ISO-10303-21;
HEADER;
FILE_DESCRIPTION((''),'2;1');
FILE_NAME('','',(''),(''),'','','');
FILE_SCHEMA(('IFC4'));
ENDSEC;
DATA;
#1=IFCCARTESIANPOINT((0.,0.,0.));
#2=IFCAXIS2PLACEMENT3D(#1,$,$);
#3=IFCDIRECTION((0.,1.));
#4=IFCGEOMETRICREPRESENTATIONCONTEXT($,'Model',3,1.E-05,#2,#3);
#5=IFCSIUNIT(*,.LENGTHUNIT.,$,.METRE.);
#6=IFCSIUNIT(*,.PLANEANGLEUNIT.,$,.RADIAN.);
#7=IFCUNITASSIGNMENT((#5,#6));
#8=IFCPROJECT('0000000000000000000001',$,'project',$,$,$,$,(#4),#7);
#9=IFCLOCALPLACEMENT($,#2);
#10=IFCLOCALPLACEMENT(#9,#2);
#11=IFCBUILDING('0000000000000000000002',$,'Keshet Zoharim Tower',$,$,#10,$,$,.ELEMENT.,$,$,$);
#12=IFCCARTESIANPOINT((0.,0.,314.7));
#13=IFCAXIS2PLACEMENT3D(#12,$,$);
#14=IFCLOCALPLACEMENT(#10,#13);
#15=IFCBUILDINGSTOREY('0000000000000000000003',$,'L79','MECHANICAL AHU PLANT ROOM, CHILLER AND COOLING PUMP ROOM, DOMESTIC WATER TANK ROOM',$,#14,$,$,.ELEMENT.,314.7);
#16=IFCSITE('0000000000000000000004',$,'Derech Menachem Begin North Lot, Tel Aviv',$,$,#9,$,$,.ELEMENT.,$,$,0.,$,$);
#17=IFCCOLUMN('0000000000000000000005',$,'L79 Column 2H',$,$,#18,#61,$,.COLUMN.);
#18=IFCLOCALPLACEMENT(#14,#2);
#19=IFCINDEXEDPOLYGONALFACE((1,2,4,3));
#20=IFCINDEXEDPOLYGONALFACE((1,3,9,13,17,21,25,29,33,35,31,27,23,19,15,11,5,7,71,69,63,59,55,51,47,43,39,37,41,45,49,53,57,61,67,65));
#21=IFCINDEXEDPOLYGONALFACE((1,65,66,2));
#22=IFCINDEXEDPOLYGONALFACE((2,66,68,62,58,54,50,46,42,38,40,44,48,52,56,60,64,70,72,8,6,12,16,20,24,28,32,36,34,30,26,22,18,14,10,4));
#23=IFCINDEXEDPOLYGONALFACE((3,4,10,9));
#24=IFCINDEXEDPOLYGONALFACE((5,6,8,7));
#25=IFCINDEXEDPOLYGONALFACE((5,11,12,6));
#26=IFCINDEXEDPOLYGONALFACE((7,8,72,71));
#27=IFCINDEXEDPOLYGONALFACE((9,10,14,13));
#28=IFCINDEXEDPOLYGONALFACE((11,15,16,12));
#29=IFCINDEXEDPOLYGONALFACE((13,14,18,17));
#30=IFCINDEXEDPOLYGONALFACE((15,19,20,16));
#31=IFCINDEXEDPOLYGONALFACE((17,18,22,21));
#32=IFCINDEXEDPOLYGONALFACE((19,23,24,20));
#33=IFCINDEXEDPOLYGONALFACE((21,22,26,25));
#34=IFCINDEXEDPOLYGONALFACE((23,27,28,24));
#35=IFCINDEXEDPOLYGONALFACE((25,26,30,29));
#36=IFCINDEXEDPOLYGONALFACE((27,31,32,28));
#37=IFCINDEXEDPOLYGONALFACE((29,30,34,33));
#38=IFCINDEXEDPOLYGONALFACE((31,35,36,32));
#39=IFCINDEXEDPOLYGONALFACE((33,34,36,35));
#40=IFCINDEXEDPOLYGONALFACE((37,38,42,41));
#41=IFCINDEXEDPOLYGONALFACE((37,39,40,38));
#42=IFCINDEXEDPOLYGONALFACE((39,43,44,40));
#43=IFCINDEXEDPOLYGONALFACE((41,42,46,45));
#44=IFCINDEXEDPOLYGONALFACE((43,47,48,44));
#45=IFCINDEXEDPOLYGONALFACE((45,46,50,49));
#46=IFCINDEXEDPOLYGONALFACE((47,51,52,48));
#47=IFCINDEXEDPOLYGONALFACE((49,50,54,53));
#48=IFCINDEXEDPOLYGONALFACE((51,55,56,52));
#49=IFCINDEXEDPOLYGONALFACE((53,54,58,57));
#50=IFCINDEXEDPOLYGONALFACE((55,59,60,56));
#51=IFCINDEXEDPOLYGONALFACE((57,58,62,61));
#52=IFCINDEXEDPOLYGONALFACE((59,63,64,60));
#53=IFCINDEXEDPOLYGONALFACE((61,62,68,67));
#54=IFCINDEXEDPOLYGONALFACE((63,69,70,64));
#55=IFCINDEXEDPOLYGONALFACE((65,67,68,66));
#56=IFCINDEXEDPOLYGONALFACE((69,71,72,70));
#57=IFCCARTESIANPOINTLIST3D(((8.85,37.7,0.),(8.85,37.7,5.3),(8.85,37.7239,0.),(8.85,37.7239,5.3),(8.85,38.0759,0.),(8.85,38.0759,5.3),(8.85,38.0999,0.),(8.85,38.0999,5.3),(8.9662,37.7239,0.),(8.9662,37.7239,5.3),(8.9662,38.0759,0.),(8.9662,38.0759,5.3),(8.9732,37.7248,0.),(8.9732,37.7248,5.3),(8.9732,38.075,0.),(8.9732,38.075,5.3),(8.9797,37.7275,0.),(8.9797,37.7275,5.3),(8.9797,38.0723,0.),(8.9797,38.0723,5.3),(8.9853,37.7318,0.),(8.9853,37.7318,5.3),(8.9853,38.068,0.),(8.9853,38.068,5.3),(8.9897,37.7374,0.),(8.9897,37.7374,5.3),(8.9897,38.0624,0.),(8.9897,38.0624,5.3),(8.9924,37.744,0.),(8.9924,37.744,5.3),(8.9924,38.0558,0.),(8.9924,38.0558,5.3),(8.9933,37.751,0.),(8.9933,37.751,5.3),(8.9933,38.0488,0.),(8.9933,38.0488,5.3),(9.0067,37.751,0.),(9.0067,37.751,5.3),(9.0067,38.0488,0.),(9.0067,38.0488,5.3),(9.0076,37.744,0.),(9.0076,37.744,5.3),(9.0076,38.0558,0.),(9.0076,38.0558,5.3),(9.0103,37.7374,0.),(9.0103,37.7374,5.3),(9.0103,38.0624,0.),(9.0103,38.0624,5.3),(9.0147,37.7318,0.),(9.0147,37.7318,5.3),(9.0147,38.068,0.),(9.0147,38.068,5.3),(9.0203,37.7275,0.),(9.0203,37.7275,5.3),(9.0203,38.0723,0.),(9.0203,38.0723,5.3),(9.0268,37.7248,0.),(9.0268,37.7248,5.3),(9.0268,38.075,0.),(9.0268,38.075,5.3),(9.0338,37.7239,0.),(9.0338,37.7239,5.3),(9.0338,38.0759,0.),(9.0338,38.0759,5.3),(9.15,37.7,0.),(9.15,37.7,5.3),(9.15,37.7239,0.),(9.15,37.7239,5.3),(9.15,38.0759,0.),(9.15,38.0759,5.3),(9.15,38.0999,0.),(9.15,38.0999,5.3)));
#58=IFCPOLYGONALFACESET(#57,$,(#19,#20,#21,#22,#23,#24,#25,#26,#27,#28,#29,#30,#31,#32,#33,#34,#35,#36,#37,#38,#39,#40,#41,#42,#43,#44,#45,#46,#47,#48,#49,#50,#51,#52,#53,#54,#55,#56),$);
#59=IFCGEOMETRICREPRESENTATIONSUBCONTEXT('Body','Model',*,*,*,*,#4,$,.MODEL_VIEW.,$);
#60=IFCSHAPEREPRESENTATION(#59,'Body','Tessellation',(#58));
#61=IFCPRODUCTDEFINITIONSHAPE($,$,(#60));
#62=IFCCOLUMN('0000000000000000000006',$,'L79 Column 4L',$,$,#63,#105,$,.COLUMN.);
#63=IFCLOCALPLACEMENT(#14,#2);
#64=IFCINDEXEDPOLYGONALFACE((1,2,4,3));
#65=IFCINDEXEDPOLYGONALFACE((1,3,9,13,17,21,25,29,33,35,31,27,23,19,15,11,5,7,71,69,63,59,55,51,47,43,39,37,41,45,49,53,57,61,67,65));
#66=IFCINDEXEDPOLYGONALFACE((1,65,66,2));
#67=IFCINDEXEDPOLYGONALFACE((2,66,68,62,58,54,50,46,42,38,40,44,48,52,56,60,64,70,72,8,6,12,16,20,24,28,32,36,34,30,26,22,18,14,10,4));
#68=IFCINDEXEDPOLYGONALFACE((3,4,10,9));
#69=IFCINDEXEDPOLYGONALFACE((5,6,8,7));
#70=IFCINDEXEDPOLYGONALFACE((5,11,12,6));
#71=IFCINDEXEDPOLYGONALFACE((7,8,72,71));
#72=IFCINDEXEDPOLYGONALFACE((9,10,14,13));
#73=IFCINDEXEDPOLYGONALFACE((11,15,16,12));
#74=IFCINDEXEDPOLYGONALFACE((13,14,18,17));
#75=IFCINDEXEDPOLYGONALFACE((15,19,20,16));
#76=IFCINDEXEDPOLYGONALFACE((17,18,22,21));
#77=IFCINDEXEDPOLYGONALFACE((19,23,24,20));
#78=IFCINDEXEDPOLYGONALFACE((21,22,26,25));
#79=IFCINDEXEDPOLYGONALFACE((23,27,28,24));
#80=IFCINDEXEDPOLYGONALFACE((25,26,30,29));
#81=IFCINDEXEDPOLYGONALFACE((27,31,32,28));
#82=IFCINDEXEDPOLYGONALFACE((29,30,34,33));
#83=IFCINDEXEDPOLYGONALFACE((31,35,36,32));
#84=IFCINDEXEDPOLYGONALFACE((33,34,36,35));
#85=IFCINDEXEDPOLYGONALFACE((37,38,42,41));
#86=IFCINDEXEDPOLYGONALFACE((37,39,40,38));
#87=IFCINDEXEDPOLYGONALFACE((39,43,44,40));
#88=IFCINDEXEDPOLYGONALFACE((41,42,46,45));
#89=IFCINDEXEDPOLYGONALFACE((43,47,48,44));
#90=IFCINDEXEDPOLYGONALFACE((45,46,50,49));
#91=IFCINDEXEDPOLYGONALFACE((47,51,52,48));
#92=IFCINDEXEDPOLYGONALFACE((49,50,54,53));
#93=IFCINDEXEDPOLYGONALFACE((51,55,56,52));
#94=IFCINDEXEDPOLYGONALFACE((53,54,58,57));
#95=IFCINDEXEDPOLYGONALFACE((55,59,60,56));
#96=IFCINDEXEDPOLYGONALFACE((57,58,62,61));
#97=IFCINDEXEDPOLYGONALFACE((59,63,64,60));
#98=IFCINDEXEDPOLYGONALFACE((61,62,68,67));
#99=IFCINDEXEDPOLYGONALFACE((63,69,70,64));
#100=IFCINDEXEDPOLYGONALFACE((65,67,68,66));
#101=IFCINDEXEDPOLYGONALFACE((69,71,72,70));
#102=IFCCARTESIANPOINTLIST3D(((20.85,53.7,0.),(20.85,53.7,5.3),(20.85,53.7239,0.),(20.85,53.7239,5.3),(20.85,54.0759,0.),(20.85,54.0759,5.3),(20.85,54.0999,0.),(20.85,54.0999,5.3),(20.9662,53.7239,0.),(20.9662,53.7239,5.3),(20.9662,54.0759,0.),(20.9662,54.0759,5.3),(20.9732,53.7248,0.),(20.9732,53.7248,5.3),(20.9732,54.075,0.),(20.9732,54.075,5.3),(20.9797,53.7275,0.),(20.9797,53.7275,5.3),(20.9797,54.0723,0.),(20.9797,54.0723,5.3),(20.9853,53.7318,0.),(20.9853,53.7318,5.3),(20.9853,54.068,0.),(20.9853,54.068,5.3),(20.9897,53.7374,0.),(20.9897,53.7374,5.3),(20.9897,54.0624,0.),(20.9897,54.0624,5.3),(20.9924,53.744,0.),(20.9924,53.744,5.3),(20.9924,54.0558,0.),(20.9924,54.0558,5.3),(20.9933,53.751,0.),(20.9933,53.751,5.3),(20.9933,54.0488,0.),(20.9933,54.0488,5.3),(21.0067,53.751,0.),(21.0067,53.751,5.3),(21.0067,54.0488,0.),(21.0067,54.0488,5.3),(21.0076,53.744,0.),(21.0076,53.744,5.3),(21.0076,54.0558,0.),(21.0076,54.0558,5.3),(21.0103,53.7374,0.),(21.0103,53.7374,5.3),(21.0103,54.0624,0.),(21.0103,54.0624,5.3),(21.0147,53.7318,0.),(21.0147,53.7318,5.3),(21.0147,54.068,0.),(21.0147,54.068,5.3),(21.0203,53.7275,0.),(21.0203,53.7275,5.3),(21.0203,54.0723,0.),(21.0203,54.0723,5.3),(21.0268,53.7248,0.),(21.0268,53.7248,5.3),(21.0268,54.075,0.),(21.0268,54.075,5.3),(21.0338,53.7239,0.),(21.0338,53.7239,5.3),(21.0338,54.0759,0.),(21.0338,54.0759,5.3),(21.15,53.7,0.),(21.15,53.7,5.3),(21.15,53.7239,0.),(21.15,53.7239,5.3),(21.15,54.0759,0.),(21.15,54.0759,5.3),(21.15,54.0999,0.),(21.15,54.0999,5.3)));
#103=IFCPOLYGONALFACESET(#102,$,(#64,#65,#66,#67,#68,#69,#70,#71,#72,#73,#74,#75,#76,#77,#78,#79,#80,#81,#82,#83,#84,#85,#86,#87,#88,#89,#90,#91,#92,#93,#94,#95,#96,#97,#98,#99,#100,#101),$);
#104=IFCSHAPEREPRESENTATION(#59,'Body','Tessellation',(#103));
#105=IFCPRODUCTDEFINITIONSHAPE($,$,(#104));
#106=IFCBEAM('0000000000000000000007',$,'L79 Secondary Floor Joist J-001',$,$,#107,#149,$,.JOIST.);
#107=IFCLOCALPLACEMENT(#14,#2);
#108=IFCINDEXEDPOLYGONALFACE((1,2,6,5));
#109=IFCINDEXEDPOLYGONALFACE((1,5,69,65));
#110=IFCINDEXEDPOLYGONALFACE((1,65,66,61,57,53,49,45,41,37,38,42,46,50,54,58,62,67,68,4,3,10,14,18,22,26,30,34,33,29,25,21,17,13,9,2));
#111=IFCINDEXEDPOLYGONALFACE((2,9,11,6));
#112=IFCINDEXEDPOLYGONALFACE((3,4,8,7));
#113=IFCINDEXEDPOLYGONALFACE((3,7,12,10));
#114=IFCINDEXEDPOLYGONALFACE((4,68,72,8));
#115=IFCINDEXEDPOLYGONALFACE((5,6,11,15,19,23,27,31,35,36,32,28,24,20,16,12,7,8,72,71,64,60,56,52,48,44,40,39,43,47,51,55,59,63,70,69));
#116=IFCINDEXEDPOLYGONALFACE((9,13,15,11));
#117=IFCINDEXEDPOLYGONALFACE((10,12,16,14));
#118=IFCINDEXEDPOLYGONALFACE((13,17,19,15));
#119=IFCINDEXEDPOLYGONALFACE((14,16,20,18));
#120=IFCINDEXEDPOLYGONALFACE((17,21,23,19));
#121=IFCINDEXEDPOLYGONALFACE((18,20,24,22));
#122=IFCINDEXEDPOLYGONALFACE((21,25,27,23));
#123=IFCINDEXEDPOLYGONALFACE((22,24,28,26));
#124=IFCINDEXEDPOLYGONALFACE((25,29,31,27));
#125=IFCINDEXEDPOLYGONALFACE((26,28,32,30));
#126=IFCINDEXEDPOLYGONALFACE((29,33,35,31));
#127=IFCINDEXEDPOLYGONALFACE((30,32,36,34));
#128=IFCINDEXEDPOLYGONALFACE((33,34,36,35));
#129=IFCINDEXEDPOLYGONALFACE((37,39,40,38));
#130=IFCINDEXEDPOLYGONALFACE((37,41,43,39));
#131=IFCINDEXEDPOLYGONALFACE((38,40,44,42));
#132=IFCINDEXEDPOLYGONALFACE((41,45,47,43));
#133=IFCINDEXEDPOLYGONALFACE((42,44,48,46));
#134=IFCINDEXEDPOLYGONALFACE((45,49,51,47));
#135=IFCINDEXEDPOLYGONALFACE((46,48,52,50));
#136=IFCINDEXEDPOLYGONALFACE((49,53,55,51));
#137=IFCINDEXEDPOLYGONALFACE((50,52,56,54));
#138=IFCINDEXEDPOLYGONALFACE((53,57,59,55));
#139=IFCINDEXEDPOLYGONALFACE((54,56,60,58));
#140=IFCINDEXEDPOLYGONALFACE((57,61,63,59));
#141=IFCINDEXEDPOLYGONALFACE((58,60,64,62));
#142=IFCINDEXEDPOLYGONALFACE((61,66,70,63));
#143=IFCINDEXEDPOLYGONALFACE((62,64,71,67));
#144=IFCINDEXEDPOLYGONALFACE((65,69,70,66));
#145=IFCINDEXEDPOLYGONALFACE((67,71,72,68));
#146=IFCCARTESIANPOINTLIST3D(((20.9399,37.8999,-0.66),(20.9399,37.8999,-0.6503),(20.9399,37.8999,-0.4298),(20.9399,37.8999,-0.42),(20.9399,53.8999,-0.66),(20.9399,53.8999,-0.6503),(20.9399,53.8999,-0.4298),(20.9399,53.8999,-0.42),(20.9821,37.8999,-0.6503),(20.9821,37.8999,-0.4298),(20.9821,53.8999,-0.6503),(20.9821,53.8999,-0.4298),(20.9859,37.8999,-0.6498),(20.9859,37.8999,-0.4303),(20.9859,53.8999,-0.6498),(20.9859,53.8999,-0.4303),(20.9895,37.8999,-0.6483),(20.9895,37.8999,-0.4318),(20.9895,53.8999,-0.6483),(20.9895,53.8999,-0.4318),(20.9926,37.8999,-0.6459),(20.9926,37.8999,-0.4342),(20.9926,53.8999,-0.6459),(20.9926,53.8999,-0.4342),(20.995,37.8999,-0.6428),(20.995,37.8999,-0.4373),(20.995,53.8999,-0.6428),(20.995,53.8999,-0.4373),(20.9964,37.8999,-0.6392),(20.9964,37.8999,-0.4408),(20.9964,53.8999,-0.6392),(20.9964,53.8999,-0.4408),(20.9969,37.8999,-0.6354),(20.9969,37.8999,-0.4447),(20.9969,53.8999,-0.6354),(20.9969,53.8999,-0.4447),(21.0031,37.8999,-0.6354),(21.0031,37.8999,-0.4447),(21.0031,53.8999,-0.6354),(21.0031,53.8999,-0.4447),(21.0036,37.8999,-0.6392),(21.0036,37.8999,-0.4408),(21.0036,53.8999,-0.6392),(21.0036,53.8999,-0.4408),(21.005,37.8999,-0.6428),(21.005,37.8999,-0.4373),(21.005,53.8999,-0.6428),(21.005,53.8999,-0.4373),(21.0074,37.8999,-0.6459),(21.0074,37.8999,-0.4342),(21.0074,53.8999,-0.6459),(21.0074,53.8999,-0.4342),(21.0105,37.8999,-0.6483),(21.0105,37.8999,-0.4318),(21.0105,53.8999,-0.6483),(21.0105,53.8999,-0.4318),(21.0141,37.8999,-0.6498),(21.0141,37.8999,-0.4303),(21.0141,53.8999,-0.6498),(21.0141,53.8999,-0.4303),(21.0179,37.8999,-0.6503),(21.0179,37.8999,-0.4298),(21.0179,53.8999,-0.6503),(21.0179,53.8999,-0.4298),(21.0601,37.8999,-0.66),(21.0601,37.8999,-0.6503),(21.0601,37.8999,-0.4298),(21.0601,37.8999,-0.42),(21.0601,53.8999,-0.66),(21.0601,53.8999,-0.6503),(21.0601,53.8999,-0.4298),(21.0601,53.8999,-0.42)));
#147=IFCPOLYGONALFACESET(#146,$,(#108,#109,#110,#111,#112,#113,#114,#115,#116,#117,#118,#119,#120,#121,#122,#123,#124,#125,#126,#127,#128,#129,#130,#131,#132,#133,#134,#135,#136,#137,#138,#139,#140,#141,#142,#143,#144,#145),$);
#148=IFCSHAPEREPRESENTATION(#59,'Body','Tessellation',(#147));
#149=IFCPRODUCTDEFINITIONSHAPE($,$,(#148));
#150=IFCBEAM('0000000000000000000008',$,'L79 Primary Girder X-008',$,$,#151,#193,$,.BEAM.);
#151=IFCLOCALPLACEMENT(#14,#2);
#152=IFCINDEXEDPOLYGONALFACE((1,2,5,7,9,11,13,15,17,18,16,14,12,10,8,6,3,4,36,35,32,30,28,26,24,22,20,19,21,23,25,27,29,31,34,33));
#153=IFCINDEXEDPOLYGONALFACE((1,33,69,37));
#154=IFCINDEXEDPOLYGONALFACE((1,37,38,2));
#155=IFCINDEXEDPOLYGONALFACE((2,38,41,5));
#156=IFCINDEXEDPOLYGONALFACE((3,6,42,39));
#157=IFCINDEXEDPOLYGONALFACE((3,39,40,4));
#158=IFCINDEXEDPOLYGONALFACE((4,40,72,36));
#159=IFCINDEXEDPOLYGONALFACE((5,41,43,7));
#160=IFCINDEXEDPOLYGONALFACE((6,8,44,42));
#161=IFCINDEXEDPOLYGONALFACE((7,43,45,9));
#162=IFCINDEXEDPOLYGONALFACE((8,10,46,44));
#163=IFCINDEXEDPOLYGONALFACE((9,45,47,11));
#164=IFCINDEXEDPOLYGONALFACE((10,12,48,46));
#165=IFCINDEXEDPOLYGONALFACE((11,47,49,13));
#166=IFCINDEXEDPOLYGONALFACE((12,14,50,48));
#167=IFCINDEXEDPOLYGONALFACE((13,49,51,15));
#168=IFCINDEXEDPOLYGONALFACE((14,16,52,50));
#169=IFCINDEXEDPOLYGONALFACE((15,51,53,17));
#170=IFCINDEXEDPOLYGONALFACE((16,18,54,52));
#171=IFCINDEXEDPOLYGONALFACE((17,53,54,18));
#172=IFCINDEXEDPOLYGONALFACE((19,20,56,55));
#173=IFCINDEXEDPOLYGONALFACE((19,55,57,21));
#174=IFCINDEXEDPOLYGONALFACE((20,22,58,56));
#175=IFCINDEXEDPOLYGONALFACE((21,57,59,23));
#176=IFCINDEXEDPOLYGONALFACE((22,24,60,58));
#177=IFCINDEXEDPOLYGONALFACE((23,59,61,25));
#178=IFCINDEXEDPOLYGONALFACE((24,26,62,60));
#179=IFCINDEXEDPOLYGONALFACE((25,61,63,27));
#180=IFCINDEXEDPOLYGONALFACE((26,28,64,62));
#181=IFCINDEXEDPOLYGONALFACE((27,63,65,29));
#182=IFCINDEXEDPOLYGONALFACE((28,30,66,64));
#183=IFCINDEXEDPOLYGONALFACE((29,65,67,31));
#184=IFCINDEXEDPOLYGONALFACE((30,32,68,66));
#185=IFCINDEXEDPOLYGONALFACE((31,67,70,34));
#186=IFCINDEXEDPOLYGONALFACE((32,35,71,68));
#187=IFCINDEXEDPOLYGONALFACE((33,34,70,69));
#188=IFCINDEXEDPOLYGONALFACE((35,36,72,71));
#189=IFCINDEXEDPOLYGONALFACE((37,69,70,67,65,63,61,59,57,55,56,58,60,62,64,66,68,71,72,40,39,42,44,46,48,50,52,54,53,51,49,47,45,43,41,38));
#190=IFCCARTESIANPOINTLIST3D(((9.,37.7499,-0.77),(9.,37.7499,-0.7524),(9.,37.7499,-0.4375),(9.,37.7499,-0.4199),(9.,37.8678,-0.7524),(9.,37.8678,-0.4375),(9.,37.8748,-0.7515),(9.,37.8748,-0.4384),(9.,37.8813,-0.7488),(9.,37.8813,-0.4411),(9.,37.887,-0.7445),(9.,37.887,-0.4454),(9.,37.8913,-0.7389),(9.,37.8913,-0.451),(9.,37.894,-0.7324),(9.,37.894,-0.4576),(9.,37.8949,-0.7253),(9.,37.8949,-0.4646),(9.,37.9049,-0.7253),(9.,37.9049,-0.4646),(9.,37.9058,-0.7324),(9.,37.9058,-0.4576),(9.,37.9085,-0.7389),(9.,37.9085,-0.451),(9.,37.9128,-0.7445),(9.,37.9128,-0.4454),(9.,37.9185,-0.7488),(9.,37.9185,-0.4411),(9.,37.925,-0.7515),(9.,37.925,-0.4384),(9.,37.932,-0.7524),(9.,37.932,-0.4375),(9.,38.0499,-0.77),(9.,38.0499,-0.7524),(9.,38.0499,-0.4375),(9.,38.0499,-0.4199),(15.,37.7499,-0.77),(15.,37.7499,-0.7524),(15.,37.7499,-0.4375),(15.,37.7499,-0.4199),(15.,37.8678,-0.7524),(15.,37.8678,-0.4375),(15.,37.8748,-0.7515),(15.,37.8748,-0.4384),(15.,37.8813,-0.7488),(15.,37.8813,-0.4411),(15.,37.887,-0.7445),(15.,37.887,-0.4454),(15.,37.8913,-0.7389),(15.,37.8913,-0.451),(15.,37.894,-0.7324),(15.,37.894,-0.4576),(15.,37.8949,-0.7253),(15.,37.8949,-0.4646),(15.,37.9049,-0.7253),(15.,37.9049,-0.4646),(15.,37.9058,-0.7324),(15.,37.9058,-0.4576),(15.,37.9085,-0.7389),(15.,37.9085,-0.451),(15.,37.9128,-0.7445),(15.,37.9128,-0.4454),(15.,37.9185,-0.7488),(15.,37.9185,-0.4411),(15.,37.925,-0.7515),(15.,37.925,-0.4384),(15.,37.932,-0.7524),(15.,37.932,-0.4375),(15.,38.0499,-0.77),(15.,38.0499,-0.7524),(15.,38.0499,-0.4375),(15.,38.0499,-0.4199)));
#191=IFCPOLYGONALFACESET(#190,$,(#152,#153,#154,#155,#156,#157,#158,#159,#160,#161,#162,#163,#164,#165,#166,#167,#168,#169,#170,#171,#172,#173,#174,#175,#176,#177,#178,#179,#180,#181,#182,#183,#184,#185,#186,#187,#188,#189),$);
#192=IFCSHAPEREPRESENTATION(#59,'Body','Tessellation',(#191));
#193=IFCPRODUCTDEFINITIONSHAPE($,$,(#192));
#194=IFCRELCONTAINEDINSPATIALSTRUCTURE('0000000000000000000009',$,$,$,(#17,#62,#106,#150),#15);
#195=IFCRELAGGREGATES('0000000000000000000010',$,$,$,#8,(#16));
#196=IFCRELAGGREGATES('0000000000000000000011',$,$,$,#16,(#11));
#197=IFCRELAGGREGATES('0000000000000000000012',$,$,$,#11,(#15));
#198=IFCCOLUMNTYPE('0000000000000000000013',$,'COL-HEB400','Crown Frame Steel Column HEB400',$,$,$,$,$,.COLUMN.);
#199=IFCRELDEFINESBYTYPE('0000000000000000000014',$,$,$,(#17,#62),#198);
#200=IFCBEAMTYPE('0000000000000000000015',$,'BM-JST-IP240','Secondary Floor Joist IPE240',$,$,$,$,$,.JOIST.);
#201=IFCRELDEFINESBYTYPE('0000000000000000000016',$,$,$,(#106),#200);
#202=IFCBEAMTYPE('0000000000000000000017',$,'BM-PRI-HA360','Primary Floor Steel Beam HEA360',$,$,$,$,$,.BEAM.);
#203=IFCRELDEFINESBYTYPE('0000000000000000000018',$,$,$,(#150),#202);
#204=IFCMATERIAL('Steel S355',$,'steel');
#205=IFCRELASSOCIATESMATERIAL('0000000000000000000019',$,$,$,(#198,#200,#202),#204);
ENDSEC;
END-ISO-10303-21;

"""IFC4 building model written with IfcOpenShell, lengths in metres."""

from ifc_helpers import new_model, si_unit, direction, frame, origin, origin_2d, place, context, subcontext, project, spatial, i_section, extrude, material, material_profile, profile_set, type_object, element, save


model = new_model("IFC4")

# Units and contexts
model_context = context("Model", 3, precision=1e-05, world=origin(), true_north=direction((0.0, 1.0)))
body_context = subcontext(model_context, "Body", "Model", "MODEL_VIEW")
ifc_project = project(units=[si_unit("LENGTHUNIT", "METRE"), si_unit("PLANEANGLEUNIT", "RADIAN")], contexts=[model_context])

# Site, building, storey
site_placement = place(None, origin())
site = spatial("IfcSite", under=ifc_project, at=site_placement, Name="Derech Menachem Begin North Lot, Tel Aviv", CompositionType="ELEMENT", RefElevation=0.0)
building_placement = place(site_placement, origin())
building = spatial("IfcBuilding", under=site, at=building_placement, Name="Keshet Zoharim Tower", CompositionType="ELEMENT")
storey_placement = place(building_placement, frame((0.0, 0.0, 314.7)))
storey = spatial("IfcBuildingStorey", under=building, at=storey_placement, Name="L79", Description="MECHANICAL AHU PLANT ROOM, CHILLER AND COOLING PUMP ROOM, DOMESTIC WATER TANK ROOM", CompositionType="ELEMENT", Elevation=314.7)

# Columns
ifc_material_1 = material(Name="Steel S355", Category="steel")
ifc_material_profile_1 = material_profile(ifc_material_1, i_section(OverallWidth=0.3, OverallDepth=0.3999, WebThickness=0.0134, FlangeThickness=0.0239, FilletRadius=0.0271, at=origin_2d()), Name="HEB400")
ifc_profile_set_1 = profile_set([ifc_material_profile_1], Name="Steel S355")
column_type = type_object("IfcColumnType", Name="COL-HEB400", Description="Crown Frame Steel Column HEB400", PredefinedType="COLUMN", material=ifc_profile_set_1)
for number, where, z_axis, x_axis, name in (
    (1, (9.0, 37.8999, 0.0), (0.0, 0.0, 1.0), (1.0, 0.0, 0.0), "L79 Column 2H"),
    (2, (21.0, 53.8999, 0.0), (0.0, 0.0, 1.0), (1.0, 0.0, 0.0), "L79 Column 4L"),
):
    element("IfcColumn", number, at=place(storey_placement, frame(where, z_axis=z_axis, x_axis=x_axis)), inside=storey, type_object=column_type, Name=name, PredefinedType="COLUMN", context=body_context, shape_type="SweptSolid", body=[
        extrude(i_section(OverallWidth=0.3, OverallDepth=0.3999, WebThickness=0.0134, FlangeThickness=0.0239, FilletRadius=0.0271, at=origin_2d()), origin(), (0.0, 0.0, 1.0), 5.3),
    ])

# Beams
ifc_material_profile_2 = material_profile(ifc_material_1, i_section(OverallWidth=0.1201, OverallDepth=0.24, WebThickness=0.0061, FlangeThickness=0.0098, FilletRadius=0.0149, at=origin_2d()), Name="IPE240")
ifc_profile_set_2 = profile_set([ifc_material_profile_2], Name="Steel S355")
beam_type_1 = type_object("IfcBeamType", Name="BM-JST-IP240", Description="Secondary Floor Joist IPE240", PredefinedType="JOIST", material=ifc_profile_set_2)
beam_placement = place(storey_placement, frame((21.0, 37.8999, -0.54), z_axis=(0.0, 1.0, 0.0), x_axis=(-1.0, 0.0, 0.0)))
element("IfcBeam", 3, at=beam_placement, inside=storey, type_object=beam_type_1, Name="L79 Secondary Floor Joist J-001", PredefinedType="JOIST", context=body_context, shape_type="SweptSolid", body=[
    extrude(i_section(OverallWidth=0.1201, OverallDepth=0.24, WebThickness=0.0061, FlangeThickness=0.0098, FilletRadius=0.0149, at=origin_2d()), origin(), (0.0, 0.0, 1.0), 16.0),
])
ifc_material_profile_3 = material_profile(ifc_material_1, i_section(OverallWidth=0.3, OverallDepth=0.3501, WebThickness=0.01, FlangeThickness=0.0176, FilletRadius=0.0271, at=origin_2d()), Name="HEA360")
ifc_profile_set_3 = profile_set([ifc_material_profile_3], Name="Steel S355")
beam_type_2 = type_object("IfcBeamType", Name="BM-PRI-HA360", Description="Primary Floor Steel Beam HEA360", PredefinedType="BEAM", material=ifc_profile_set_3)
for number, where, z_axis, x_axis, name in (
    (4, (9.0, 37.8999, -0.595), (1.0, 0.0, 0.0), (0.0, 1.0, 0.0), "L79 Primary Girder X-008"),
):
    element("IfcBeam", number, at=place(storey_placement, frame(where, z_axis=z_axis, x_axis=x_axis)), inside=storey, type_object=beam_type_2, Name=name, PredefinedType="BEAM", context=body_context, shape_type="SweptSolid", body=[
        extrude(i_section(OverallWidth=0.3, OverallDepth=0.3501, WebThickness=0.01, FlangeThickness=0.0176, FilletRadius=0.0271, at=origin_2d()), origin(), (0.0, 0.0, 1.0), 6.0),
    ])

save(model, "model.ifc")
